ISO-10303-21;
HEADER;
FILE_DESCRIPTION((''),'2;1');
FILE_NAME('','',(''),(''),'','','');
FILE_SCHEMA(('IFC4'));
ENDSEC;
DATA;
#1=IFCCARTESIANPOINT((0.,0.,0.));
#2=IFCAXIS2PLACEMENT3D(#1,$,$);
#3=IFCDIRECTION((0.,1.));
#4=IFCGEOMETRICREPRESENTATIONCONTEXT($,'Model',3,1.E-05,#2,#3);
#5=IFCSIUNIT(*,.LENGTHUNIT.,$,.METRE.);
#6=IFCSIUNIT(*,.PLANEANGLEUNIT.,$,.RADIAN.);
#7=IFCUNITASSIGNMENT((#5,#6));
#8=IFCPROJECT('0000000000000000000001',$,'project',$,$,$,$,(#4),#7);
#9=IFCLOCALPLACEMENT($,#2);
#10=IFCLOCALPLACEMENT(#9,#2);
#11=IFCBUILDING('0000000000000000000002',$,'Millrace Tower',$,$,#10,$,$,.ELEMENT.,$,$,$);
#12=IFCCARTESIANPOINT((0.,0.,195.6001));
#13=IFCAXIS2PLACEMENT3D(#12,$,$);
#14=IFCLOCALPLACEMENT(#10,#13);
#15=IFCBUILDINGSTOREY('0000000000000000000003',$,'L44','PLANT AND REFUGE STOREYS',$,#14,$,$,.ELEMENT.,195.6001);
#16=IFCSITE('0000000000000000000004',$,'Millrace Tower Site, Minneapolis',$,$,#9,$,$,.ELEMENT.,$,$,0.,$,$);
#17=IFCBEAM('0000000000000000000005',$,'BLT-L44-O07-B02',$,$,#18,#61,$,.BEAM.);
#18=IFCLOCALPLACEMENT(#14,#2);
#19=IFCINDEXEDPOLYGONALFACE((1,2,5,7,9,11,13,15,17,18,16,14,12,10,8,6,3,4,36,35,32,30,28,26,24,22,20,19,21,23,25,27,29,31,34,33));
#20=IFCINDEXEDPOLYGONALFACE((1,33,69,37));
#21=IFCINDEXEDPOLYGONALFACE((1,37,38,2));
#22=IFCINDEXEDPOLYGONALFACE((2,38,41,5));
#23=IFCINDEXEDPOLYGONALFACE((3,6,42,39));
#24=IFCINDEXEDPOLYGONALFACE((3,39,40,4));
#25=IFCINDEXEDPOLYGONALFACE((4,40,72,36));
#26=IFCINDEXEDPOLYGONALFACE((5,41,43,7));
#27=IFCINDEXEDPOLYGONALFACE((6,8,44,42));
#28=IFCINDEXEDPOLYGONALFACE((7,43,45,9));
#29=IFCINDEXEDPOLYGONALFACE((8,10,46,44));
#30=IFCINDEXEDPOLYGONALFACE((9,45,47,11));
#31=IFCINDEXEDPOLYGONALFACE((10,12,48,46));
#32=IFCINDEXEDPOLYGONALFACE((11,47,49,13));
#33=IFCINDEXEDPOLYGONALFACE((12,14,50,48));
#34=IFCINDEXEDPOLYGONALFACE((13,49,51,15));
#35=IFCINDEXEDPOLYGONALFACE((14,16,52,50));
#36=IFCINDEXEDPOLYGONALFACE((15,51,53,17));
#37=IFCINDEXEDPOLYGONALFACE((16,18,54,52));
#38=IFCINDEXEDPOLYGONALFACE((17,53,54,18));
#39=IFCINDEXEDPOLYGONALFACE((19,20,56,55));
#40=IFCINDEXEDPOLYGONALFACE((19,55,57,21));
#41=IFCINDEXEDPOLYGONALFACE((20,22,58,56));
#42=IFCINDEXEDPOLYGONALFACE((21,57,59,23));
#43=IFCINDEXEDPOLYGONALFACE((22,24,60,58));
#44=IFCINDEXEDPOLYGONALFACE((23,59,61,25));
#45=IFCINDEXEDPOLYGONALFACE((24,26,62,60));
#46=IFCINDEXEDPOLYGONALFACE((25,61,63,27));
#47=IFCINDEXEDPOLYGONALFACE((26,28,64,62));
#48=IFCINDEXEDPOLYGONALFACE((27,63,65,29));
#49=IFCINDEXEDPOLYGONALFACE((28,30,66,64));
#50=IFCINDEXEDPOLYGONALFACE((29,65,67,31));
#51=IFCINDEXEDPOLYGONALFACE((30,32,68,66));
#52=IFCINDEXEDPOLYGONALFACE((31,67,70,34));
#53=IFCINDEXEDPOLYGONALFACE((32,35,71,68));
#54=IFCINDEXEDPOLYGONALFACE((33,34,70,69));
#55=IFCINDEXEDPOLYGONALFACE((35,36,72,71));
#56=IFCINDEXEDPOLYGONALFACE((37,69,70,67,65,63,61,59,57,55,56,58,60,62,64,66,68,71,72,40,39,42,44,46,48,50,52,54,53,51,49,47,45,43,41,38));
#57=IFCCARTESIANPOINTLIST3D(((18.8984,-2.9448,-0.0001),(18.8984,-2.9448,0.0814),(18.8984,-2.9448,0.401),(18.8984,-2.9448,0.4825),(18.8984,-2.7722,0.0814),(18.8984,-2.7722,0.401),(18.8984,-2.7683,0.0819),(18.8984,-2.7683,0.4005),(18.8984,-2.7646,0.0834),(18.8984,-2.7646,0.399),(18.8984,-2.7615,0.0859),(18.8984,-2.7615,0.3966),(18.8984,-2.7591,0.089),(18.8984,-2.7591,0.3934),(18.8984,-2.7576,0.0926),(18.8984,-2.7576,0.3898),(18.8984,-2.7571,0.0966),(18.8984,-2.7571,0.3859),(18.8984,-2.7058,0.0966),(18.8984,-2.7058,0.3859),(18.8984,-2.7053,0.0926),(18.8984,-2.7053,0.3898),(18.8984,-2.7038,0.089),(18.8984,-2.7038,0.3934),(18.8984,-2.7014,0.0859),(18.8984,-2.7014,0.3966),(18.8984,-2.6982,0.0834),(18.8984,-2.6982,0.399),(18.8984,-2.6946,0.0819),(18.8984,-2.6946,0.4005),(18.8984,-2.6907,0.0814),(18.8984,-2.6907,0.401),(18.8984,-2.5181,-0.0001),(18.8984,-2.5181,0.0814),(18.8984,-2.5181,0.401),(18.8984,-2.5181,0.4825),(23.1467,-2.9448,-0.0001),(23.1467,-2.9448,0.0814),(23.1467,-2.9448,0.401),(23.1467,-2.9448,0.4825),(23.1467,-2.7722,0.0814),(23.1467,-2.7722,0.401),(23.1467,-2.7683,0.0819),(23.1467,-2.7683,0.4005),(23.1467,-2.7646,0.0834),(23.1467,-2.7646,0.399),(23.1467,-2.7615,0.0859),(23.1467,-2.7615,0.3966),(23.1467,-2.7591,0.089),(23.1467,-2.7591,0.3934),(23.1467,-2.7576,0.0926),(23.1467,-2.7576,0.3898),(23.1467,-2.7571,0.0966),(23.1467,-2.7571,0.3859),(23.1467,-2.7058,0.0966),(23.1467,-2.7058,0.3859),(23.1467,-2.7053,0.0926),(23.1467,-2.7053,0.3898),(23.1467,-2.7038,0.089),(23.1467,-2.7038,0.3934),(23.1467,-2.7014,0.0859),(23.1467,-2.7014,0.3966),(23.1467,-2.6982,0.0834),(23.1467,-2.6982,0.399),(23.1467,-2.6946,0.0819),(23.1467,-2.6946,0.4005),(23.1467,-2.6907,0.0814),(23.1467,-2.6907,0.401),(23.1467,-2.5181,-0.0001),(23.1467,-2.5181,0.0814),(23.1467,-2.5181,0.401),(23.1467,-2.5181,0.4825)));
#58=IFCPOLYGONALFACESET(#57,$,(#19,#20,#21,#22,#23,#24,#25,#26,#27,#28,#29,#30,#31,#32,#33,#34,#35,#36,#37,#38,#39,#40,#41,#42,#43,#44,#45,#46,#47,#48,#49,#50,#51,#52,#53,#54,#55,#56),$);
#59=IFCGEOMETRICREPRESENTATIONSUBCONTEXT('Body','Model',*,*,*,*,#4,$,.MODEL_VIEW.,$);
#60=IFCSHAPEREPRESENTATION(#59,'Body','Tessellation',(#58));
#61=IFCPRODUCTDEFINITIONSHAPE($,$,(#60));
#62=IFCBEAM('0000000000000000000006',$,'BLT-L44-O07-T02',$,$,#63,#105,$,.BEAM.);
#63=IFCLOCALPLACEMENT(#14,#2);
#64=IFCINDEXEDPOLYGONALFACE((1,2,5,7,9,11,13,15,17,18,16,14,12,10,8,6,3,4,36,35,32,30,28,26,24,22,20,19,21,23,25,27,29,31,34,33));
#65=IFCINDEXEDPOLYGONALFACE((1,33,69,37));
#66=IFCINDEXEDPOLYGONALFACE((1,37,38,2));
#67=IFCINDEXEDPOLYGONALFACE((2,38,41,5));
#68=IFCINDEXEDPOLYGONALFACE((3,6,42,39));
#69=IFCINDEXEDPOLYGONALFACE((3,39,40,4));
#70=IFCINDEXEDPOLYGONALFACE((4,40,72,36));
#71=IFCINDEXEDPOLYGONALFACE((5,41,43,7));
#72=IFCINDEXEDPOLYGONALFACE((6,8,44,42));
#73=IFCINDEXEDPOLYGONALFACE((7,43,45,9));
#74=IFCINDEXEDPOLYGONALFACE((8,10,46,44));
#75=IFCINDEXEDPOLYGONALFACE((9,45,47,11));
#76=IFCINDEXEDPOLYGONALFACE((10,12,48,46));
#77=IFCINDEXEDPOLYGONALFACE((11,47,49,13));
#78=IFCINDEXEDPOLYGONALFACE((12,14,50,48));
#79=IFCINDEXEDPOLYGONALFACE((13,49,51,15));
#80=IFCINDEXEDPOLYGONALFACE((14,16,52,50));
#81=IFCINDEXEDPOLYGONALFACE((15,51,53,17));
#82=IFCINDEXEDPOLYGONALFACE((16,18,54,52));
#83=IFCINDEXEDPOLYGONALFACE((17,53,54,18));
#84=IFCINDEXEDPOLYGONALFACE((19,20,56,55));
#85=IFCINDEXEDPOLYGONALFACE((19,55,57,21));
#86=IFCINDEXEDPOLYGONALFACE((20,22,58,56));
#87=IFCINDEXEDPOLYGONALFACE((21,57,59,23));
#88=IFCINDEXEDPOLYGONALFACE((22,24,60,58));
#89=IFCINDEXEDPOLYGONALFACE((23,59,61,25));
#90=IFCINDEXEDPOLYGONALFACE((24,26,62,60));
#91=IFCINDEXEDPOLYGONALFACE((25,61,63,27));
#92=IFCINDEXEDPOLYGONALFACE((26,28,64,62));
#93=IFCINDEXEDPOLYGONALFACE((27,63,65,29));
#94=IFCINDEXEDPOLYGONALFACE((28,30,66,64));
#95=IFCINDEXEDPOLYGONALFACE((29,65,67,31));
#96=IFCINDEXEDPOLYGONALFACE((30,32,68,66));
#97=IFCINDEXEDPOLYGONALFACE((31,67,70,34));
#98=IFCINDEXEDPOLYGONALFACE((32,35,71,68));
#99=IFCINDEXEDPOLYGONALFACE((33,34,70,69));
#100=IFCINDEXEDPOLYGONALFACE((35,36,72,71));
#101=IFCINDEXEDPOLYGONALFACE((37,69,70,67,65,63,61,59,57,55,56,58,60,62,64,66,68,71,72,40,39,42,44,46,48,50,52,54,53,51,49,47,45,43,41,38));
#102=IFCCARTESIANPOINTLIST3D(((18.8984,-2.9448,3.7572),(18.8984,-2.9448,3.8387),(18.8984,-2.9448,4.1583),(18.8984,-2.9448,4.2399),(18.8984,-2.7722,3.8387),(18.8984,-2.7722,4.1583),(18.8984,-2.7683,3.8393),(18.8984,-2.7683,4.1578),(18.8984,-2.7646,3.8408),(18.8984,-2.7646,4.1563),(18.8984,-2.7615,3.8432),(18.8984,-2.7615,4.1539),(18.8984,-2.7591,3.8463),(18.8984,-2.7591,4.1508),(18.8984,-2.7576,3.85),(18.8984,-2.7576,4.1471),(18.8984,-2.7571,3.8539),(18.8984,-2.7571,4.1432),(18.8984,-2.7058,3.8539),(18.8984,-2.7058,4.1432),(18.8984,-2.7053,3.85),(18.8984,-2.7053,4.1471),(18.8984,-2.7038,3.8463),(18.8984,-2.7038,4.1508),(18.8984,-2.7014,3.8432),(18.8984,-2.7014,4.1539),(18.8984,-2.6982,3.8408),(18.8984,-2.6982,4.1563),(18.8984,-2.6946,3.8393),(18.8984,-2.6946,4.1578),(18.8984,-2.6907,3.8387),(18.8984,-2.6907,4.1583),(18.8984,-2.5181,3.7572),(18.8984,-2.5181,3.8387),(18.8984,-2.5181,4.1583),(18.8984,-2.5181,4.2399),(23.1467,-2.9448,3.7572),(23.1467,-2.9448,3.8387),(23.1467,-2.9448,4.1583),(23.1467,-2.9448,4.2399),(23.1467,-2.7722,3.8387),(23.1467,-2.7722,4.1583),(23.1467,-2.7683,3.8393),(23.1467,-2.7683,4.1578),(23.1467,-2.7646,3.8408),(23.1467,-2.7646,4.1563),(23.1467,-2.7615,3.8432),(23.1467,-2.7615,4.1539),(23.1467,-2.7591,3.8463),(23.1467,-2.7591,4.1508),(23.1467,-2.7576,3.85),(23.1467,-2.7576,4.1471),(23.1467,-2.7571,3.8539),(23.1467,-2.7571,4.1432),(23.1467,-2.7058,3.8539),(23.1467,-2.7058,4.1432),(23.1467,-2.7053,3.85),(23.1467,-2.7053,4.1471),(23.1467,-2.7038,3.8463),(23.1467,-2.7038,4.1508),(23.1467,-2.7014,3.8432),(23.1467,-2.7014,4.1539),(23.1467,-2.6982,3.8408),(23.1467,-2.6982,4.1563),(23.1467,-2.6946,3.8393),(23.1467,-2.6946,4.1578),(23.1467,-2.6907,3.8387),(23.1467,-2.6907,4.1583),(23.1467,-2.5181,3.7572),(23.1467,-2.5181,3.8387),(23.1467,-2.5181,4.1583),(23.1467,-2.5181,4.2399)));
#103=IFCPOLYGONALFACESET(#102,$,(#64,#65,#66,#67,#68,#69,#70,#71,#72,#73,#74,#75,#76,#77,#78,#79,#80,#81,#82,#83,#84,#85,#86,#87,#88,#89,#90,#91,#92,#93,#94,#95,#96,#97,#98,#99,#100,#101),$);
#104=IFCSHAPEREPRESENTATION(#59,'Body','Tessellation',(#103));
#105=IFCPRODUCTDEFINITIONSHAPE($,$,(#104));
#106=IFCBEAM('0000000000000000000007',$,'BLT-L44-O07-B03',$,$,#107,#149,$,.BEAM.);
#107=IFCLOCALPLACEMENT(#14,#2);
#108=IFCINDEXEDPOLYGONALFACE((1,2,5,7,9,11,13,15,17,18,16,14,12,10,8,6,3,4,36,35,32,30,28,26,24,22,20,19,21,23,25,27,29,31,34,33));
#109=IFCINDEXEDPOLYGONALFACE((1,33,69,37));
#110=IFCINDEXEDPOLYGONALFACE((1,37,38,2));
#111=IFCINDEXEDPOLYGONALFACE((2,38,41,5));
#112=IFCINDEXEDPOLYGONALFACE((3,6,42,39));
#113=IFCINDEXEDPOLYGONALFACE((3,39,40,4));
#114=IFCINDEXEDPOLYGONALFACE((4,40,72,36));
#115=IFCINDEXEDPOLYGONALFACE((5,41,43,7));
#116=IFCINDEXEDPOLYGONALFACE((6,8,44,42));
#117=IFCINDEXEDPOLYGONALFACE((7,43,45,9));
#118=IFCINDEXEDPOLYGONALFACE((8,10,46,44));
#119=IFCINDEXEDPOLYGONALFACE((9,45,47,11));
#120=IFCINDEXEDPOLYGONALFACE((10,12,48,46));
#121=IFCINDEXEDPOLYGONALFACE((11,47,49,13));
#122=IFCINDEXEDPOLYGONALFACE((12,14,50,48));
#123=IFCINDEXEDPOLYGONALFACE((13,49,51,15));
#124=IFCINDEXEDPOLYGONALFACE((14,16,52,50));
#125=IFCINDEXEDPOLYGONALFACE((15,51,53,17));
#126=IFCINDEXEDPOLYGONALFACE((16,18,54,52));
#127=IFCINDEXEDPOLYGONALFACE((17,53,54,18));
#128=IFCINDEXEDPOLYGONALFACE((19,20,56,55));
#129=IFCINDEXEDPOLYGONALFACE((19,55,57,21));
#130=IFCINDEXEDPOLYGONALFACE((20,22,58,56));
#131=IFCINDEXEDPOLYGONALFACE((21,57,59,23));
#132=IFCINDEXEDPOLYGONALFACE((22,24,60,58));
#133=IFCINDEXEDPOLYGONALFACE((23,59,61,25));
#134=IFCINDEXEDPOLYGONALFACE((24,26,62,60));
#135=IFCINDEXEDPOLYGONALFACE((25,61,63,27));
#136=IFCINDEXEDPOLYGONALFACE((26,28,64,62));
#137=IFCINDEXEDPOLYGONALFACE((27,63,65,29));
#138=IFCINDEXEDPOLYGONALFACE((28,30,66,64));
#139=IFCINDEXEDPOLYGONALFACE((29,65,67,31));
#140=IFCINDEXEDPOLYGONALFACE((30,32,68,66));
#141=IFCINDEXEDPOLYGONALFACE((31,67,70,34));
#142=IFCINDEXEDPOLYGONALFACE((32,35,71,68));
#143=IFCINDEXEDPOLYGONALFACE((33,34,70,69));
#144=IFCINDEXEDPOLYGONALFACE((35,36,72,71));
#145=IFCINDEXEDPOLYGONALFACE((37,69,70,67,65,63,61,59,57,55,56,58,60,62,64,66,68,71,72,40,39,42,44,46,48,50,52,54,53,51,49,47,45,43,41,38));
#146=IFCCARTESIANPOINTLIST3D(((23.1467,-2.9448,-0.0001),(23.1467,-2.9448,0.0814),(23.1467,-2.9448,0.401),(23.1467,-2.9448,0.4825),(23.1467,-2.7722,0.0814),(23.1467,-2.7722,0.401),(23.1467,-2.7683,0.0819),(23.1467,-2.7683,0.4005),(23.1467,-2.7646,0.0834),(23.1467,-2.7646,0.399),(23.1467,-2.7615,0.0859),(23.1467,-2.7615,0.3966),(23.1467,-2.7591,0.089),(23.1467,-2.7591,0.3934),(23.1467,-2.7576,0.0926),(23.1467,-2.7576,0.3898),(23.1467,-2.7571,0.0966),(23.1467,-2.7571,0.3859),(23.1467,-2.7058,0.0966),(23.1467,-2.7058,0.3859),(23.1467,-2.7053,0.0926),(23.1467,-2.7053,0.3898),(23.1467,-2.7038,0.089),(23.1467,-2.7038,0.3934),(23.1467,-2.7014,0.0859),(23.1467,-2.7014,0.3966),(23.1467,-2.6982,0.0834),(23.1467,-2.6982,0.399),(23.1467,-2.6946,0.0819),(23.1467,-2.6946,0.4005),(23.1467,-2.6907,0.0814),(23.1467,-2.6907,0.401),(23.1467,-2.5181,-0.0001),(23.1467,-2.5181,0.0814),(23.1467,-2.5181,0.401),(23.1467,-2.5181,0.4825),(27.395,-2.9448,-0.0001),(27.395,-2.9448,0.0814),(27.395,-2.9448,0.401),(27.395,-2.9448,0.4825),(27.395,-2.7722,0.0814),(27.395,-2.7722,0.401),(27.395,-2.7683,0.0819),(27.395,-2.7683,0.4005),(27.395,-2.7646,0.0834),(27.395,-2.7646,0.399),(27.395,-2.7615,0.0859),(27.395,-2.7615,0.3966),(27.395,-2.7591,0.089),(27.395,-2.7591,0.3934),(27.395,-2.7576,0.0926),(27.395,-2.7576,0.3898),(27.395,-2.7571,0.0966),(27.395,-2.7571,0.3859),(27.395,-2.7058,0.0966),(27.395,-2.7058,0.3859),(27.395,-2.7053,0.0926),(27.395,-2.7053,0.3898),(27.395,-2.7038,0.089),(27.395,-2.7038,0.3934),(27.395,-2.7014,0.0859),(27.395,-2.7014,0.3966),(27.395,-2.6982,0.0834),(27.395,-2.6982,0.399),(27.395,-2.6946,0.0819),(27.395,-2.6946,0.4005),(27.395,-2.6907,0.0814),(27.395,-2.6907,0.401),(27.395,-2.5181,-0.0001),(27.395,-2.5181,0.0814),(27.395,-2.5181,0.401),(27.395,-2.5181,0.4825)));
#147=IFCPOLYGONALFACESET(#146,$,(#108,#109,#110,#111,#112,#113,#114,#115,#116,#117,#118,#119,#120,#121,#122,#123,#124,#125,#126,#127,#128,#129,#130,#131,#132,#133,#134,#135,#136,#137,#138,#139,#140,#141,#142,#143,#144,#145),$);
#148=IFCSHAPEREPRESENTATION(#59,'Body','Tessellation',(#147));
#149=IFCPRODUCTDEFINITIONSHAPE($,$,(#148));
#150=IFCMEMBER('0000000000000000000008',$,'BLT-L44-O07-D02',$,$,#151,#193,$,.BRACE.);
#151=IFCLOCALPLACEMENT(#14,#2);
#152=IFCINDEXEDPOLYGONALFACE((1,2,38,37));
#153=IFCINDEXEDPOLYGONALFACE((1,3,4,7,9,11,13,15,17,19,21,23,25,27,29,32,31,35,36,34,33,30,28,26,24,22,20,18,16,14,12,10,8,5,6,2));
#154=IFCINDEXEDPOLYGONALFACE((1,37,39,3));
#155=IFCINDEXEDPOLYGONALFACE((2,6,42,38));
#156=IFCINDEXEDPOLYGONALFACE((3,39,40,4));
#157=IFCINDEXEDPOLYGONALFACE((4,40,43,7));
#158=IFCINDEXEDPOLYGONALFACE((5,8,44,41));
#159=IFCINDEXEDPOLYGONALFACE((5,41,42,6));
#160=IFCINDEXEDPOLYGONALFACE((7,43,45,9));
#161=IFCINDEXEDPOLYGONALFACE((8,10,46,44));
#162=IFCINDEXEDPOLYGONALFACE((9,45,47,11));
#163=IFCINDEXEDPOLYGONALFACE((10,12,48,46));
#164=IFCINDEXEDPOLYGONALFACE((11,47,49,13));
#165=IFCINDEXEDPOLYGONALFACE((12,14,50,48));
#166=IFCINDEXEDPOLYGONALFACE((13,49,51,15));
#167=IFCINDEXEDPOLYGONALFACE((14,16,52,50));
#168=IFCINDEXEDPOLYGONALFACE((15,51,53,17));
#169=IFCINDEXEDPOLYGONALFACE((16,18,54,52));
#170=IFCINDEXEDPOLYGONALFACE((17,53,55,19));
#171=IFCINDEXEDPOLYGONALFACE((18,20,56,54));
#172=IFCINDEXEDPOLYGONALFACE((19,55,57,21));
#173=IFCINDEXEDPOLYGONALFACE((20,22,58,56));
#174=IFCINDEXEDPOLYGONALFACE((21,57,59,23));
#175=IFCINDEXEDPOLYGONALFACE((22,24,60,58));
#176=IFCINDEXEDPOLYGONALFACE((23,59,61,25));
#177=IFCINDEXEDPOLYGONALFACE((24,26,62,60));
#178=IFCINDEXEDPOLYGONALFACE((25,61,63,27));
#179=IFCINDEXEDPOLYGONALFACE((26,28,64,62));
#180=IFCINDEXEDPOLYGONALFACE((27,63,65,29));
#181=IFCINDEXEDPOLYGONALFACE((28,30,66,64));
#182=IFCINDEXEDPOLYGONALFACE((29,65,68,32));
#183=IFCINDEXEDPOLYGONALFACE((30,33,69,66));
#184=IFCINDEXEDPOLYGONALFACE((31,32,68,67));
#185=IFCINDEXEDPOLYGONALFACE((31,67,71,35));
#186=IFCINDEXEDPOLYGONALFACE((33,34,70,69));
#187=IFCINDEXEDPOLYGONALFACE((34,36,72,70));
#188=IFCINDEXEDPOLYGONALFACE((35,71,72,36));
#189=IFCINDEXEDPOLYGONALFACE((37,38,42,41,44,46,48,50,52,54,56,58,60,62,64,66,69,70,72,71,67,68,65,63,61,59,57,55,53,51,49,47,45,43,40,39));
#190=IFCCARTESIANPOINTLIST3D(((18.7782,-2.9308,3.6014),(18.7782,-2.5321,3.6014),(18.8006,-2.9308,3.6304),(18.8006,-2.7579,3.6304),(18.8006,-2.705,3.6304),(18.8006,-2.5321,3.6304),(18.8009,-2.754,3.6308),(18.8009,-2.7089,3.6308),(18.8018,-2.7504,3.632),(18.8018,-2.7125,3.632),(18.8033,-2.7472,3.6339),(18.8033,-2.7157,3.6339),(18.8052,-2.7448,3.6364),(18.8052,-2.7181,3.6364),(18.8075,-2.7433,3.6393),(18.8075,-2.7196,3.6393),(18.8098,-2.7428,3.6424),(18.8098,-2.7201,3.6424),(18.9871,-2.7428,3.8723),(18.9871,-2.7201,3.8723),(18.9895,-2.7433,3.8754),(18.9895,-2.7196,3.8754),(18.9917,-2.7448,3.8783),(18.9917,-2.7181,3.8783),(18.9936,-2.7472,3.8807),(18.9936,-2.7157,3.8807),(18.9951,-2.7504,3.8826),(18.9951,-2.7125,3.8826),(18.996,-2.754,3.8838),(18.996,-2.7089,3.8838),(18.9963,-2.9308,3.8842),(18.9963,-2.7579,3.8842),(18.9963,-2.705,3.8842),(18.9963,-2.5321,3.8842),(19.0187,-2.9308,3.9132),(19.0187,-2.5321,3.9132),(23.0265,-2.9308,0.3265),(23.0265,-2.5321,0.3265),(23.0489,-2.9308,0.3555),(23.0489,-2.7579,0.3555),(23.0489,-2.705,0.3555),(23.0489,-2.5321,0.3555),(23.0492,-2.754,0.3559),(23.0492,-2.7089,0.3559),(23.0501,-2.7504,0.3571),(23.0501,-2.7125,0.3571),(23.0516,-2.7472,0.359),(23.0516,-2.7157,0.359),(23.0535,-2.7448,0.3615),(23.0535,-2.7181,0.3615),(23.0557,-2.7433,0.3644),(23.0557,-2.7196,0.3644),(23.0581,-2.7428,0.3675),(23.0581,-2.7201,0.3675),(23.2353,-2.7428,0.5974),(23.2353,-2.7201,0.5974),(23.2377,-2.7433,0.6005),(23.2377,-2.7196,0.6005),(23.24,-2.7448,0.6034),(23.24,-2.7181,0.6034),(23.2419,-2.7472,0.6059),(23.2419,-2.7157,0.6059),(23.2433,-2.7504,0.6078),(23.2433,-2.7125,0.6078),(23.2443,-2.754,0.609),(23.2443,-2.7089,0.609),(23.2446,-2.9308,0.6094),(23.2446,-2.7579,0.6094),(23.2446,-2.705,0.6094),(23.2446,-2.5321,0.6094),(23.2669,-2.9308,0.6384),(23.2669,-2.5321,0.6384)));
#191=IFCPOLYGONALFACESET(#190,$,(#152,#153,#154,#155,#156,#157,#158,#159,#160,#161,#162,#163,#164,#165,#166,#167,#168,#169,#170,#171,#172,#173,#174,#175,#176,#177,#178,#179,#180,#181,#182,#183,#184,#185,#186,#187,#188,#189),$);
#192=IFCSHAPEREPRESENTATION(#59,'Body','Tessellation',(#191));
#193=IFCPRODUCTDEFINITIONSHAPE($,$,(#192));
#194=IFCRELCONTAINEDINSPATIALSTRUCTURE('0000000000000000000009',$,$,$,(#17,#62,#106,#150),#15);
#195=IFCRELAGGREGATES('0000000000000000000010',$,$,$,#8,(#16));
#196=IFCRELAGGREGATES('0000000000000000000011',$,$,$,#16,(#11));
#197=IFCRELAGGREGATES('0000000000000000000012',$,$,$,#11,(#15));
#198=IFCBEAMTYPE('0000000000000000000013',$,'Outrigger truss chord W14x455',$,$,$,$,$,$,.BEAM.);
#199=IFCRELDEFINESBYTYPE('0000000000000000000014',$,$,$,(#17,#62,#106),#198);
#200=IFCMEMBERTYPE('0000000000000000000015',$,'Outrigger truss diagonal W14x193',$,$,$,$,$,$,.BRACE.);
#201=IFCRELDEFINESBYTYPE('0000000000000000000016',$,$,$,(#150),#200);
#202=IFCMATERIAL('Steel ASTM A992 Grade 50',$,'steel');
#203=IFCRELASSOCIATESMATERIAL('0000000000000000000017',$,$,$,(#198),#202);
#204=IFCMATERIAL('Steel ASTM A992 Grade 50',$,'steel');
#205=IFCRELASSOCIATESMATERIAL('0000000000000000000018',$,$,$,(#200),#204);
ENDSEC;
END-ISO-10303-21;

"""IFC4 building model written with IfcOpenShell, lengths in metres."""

from ifc_helpers import new_model, si_unit, direction, frame, origin, origin_2d, place, context, subcontext, project, spatial, i_section, extrude, material, material_profile, profile_set, type_object, element, save


model = new_model("IFC4")

# Units and contexts
model_context = context("Model", 3, precision=1e-05, world=origin(), true_north=direction((0.0, 1.0)))
body_context = subcontext(model_context, "Body", "Model", "MODEL_VIEW")
ifc_project = project(units=[si_unit("LENGTHUNIT", "METRE"), si_unit("PLANEANGLEUNIT", "RADIAN")], contexts=[model_context])

# Site, building, storey
site_placement = place(None, origin())
site = spatial("IfcSite", under=ifc_project, at=site_placement, Name="Millrace Tower Site, Minneapolis", CompositionType="ELEMENT", RefElevation=0.0)
building_placement = place(site_placement, origin())
building = spatial("IfcBuilding", under=site, at=building_placement, Name="Millrace Tower", CompositionType="ELEMENT")
storey_placement = place(building_placement, frame((0.0, 0.0, 195.6001)))
storey = spatial("IfcBuildingStorey", under=building, at=storey_placement, Name="L44", Description="PLANT AND REFUGE STOREYS", CompositionType="ELEMENT", Elevation=195.6001)

# Beams
ifc_material_1 = material(Name="Steel ASTM A992 Grade 50", Category="steel")
ifc_material_profile_1 = material_profile(ifc_material_1, i_section(OverallWidth=0.4268, OverallDepth=0.4827, WebThickness=0.0513, FlangeThickness=0.0815, FilletRadius=0.0151, at=origin_2d()))
ifc_profile_set_1 = profile_set([ifc_material_profile_1], Name="Steel ASTM A992 Grade 50")
beam_type_1 = type_object("IfcBeamType", Name="Outrigger truss chord W14x455", PredefinedType="BEAM", material=ifc_profile_set_1)
for number, where, z_axis, x_axis, name in (
    (1, (18.8984, -2.7314, 0.2412), (1.0, 0.0, 0.0), (0.0, 1.0, 0.0), "BLT-L44-O07-B02"),
    (2, (18.8984, -2.7314, 3.9985), (1.0, 0.0, 0.0), (0.0, 1.0, 0.0), "BLT-L44-O07-T02"),
    (3, (23.1467, -2.7314, 0.2412), (1.0, 0.0, 0.0), (0.0, 1.0, 0.0), "BLT-L44-O07-B03"),
):
    element("IfcBeam", number, at=place(storey_placement, frame(where, z_axis=z_axis, x_axis=x_axis)), inside=storey, type_object=beam_type_1, Name=name, PredefinedType="BEAM", context=body_context, shape_type="SweptSolid", body=[
        extrude(i_section(OverallWidth=0.4268, OverallDepth=0.4827, WebThickness=0.0513, FlangeThickness=0.0815, FilletRadius=0.0151, at=origin_2d()), origin(), (0.0, 0.0, 1.0), 4.2483),
    ])

# Member
ifc_material_2 = material(Name="Steel ASTM A992 Grade 50", Category="steel")
ifc_material_profile_2 = material_profile(ifc_material_2, i_section(OverallWidth=0.3987, OverallDepth=0.3938, WebThickness=0.0227, FlangeThickness=0.0366, FilletRadius=0.0151, at=origin_2d()))
ifc_profile_set_2 = profile_set([ifc_material_profile_2], Name="Steel ASTM A992 Grade 50")
member_type_1 = type_object("IfcMemberType", Name="Outrigger truss diagonal W14x193", PredefinedType="BRACE", material=ifc_profile_set_2)
member_1_placement = place(storey_placement, frame((23.1467, -2.7314, 0.4824), z_axis=(-0.791994, 0.0, 0.610529), x_axis=(0.0, -1.0, 0.0)))
element("IfcMember", 4, at=member_1_placement, inside=storey, type_object=member_type_1, Name="BLT-L44-O07-D02", PredefinedType="BRACE", context=body_context, shape_type="SweptSolid", body=[
    extrude(i_section(OverallWidth=0.3987, OverallDepth=0.3938, WebThickness=0.0227, FlangeThickness=0.0366, FilletRadius=0.0151, at=origin_2d()), origin(), (0.0, 0.0, 1.0), 5.364),
])

save(model, "model.ifc")
